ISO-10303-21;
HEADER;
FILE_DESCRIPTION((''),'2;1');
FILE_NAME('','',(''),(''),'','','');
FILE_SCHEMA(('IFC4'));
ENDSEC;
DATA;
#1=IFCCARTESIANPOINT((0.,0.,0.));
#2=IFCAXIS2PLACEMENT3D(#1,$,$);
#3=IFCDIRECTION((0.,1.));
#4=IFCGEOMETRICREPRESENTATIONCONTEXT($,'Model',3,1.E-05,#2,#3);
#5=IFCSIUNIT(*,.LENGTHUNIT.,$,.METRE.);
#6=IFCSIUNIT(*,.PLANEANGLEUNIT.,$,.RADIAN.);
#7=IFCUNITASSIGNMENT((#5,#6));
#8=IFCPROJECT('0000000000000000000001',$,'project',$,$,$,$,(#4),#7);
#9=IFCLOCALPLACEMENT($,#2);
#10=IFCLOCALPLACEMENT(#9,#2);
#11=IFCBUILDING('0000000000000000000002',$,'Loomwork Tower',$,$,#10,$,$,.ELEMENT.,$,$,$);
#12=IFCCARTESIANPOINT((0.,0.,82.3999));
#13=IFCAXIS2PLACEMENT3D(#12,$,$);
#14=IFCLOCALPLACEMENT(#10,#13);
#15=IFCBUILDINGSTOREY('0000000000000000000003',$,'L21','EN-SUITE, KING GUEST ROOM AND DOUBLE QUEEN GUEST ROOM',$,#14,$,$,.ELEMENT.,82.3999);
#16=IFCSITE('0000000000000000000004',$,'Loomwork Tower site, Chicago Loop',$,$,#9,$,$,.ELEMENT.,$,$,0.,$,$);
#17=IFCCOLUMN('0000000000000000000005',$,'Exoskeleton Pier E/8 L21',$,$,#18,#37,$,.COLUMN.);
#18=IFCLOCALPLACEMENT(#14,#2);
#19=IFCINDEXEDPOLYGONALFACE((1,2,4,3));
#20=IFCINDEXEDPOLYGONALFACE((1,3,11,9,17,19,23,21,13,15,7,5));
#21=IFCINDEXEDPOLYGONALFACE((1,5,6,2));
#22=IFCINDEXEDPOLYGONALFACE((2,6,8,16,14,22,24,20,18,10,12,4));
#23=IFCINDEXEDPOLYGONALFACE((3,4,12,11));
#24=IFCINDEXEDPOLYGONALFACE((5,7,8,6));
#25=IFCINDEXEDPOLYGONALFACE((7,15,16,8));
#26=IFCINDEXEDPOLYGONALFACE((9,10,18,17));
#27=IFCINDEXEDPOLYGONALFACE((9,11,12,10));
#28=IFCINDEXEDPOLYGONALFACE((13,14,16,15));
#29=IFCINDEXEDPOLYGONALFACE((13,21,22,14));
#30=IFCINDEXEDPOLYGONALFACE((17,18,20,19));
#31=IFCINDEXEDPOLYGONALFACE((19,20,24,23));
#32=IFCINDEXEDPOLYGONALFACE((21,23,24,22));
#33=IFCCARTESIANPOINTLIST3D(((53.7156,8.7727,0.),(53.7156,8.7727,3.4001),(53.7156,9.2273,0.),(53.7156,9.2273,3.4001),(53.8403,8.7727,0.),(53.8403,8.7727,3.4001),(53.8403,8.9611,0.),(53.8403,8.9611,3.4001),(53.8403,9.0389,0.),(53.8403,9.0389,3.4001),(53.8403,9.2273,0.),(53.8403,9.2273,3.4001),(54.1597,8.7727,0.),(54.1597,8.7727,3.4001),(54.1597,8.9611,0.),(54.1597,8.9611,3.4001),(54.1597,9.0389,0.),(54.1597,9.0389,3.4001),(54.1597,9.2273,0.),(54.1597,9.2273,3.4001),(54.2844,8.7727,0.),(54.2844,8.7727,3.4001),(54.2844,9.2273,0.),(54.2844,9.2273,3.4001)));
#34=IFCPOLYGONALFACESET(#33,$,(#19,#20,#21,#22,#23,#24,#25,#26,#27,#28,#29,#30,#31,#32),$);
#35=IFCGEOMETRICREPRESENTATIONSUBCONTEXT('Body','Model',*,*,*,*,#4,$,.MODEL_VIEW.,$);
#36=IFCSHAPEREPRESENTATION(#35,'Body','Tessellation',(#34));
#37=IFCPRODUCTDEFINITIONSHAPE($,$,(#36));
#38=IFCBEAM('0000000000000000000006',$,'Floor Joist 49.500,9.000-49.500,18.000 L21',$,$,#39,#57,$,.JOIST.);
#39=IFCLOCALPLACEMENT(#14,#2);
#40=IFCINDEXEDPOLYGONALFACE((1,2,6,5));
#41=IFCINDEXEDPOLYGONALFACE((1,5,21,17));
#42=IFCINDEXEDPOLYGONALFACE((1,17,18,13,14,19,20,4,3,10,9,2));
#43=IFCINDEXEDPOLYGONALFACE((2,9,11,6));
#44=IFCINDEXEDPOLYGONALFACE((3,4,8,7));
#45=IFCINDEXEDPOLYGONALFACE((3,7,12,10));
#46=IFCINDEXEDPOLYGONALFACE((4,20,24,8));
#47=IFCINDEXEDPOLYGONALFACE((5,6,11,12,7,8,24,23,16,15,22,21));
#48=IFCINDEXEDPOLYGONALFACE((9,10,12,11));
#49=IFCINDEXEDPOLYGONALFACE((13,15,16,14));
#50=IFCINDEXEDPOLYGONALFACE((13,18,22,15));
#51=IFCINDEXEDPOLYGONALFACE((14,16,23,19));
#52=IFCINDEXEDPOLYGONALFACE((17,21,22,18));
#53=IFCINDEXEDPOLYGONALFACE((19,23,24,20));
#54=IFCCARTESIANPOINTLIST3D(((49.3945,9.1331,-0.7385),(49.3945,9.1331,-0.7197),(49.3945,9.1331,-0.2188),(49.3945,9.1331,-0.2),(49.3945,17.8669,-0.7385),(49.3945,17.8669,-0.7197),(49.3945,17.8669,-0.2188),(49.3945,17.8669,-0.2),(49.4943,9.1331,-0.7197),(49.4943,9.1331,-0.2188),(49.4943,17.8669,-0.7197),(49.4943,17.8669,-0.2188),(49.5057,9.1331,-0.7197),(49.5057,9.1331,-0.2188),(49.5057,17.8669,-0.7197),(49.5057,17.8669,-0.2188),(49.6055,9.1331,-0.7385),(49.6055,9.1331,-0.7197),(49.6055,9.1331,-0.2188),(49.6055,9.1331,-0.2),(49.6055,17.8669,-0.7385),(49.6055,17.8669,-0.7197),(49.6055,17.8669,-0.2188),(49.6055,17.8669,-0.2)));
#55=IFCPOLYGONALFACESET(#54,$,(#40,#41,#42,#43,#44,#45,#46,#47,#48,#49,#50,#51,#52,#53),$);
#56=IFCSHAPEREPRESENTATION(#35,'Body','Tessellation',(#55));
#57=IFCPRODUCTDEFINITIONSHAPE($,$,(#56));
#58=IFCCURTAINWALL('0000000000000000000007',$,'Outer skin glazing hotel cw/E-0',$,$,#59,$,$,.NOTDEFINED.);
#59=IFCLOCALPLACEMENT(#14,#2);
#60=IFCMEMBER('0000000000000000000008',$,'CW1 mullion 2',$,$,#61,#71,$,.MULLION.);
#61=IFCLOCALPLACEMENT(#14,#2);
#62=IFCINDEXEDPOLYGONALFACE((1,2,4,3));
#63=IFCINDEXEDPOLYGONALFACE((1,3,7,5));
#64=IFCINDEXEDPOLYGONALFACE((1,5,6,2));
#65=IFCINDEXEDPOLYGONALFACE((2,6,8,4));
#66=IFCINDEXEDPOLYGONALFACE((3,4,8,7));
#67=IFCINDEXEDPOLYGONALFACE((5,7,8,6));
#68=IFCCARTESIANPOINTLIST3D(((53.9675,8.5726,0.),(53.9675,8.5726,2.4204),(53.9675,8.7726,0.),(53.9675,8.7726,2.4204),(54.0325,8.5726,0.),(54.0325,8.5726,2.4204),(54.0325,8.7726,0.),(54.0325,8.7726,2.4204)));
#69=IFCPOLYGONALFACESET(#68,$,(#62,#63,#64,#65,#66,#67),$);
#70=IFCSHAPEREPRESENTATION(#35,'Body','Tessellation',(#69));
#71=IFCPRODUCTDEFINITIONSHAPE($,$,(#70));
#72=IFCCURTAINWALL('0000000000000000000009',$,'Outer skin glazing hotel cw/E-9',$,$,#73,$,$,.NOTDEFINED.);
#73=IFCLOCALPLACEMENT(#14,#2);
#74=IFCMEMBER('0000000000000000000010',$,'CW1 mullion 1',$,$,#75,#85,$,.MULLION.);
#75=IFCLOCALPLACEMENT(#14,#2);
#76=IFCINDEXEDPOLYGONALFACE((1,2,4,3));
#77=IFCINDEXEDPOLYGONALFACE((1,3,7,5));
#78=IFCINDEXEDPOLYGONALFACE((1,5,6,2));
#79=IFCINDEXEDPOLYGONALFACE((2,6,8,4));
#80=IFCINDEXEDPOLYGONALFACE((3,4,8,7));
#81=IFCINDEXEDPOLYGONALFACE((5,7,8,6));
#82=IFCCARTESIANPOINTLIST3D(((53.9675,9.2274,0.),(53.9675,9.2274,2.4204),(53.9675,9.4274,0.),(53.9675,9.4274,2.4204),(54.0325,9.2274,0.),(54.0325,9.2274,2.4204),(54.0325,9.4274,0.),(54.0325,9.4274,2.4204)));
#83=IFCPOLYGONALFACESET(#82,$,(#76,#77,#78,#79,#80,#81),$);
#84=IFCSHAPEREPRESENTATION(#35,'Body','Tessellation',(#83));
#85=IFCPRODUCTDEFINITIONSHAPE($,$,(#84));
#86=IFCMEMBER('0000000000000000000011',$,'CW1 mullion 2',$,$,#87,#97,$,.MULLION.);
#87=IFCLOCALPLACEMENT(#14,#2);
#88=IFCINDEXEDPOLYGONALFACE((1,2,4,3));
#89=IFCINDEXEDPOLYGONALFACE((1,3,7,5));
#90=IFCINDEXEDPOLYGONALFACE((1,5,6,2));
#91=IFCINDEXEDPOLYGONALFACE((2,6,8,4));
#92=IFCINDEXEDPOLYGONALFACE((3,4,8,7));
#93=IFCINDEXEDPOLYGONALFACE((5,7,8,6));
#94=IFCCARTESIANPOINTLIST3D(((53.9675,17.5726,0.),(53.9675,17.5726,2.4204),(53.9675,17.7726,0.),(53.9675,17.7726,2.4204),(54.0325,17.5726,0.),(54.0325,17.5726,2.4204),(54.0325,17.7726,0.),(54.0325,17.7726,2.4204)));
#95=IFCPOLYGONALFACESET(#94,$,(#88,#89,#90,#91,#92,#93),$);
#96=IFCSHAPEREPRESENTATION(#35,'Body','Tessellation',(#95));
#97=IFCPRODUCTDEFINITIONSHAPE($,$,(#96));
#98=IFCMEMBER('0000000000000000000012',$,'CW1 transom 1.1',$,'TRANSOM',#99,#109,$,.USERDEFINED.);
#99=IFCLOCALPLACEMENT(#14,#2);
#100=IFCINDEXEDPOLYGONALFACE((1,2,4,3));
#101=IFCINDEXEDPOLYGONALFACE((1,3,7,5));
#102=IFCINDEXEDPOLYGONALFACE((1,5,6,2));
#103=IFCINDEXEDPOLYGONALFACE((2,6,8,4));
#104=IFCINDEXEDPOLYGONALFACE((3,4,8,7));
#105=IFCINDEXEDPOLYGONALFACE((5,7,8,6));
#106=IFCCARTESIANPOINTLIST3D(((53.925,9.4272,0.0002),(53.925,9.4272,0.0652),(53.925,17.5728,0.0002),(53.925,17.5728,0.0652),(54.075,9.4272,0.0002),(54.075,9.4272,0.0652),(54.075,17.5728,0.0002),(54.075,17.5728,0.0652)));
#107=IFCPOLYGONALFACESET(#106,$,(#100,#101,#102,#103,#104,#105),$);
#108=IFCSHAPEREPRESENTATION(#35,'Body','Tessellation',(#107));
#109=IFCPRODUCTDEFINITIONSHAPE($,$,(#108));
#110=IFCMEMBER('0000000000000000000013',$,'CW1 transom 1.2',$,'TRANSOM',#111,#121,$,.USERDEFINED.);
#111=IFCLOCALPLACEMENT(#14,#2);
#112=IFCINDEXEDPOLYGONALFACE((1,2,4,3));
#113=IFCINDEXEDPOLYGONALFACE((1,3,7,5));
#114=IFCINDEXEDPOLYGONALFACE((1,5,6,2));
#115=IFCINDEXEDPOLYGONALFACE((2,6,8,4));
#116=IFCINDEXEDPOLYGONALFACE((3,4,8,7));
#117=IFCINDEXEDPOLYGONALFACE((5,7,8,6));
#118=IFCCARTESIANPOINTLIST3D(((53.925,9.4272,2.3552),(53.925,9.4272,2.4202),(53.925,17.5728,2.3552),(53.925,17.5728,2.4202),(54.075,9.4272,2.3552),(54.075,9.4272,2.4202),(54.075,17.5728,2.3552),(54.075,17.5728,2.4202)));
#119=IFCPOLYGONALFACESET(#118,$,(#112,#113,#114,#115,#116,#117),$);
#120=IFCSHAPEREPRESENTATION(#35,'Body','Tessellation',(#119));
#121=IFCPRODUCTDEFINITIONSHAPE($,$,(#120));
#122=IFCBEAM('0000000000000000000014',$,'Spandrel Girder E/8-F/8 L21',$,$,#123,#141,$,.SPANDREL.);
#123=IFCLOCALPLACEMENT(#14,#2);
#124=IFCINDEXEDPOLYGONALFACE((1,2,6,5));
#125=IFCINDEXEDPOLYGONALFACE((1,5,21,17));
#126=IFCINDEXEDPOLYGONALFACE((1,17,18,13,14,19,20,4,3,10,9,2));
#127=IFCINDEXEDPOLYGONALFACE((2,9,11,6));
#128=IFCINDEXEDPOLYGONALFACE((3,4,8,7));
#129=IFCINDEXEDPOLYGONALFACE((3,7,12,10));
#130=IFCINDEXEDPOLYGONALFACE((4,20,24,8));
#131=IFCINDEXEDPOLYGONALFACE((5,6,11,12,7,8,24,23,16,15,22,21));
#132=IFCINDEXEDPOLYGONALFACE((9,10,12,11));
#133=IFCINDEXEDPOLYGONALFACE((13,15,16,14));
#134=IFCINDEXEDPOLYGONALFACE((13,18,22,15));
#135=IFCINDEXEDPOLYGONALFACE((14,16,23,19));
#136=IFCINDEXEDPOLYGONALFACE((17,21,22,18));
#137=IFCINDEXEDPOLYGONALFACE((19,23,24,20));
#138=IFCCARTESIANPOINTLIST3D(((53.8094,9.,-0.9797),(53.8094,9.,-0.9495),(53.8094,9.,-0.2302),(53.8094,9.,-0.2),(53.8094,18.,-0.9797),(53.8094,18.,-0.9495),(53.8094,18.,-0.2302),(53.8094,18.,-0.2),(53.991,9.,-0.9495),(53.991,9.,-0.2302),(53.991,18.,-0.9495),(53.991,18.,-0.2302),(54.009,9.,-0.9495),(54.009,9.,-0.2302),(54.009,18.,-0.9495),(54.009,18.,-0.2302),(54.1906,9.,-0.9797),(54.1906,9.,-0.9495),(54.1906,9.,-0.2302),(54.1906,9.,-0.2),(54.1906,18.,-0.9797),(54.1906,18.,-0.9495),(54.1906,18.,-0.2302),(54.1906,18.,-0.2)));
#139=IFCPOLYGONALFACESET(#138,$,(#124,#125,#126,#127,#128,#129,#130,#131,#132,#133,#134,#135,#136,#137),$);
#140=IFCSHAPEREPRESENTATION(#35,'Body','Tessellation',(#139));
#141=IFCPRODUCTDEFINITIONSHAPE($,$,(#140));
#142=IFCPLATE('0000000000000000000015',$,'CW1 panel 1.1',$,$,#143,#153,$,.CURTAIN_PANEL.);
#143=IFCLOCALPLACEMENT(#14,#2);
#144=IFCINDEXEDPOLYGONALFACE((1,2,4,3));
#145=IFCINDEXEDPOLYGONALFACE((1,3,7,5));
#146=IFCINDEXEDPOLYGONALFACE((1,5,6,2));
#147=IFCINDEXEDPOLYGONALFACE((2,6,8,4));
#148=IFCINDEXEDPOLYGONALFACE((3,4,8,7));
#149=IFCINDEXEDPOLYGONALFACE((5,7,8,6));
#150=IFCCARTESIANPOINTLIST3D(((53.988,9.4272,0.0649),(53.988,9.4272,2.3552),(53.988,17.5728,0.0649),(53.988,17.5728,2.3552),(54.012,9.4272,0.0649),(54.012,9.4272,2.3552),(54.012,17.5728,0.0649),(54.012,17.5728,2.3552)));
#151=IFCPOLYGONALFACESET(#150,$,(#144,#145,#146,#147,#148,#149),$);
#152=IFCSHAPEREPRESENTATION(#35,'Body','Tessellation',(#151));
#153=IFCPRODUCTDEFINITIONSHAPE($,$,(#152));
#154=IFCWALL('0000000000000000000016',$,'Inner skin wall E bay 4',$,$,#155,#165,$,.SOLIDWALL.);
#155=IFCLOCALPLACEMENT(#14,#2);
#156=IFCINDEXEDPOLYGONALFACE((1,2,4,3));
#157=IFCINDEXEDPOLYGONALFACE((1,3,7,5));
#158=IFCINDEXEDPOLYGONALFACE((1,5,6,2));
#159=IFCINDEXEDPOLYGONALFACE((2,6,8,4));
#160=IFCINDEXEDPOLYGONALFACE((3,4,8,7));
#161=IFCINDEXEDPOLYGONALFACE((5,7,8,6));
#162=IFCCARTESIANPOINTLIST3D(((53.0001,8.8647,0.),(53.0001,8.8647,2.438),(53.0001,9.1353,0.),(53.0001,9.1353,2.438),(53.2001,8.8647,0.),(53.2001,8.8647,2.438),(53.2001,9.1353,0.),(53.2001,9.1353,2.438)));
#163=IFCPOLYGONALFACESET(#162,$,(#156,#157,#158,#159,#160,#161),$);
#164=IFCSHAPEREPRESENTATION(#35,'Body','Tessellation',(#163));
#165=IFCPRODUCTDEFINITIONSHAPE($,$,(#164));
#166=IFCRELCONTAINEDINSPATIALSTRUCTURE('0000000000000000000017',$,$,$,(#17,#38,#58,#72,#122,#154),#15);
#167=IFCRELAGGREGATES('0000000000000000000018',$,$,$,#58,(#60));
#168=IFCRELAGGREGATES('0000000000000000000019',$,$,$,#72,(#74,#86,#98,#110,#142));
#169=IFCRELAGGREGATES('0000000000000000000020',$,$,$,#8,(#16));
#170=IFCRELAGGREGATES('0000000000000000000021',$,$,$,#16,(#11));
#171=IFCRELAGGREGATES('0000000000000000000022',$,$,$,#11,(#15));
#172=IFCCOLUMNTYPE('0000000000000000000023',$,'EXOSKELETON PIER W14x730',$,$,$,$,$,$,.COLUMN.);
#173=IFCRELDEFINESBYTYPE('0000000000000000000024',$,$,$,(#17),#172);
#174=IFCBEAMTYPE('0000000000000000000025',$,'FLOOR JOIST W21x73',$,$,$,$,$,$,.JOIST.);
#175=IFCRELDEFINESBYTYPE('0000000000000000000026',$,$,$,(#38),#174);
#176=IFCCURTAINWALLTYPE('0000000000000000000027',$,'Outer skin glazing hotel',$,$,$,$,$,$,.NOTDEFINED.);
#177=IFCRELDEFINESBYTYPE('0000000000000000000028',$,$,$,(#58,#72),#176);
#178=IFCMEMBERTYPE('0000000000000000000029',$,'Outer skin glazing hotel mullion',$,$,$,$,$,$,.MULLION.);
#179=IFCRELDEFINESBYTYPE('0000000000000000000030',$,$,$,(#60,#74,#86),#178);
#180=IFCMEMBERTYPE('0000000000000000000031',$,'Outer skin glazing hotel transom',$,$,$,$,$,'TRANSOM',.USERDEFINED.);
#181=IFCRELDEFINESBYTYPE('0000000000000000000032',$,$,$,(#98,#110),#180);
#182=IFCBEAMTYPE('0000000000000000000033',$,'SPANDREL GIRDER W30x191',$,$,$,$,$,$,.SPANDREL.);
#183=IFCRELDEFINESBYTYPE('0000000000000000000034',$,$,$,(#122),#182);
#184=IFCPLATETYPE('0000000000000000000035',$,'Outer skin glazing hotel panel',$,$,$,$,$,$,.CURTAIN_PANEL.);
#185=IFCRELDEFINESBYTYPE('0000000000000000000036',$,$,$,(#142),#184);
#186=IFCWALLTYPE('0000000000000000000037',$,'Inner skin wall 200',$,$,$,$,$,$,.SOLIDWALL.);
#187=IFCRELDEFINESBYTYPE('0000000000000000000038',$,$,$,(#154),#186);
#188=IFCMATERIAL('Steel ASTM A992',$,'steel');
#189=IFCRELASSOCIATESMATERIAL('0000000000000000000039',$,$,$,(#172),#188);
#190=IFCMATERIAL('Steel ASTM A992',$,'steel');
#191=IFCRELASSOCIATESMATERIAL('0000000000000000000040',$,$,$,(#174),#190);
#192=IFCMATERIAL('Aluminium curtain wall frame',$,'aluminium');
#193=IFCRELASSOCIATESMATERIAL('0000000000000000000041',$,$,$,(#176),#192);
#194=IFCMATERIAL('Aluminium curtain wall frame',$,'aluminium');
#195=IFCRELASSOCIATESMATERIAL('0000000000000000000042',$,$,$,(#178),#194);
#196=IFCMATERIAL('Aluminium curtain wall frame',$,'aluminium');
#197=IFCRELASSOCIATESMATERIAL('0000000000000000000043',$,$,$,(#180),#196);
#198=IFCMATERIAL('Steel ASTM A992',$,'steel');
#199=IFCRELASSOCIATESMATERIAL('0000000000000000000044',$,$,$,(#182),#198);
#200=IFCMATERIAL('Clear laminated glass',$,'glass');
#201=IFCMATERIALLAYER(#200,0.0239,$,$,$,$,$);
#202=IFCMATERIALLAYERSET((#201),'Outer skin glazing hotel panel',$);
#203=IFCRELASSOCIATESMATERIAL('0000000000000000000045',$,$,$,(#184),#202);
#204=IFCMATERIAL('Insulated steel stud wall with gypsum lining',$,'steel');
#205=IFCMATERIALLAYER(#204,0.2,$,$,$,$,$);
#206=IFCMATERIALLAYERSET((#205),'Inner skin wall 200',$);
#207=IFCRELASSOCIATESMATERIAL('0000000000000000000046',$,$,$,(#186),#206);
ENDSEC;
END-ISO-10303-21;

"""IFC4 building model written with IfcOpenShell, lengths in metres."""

from ifc_helpers import new_model, si_unit, direction, frame, frame_2d, origin, origin_2d, place, context, subcontext, project, spatial, rectangle, i_section, extrude, material, layer, layer_set, material_profile, profile_set, type_object, element, aggregate, save


model = new_model("IFC4")

# Units and contexts
model_context = context("Model", 3, precision=1e-05, world=origin(), true_north=direction((0.0, 1.0)))
body_context = subcontext(model_context, "Body", "Model", "MODEL_VIEW")
ifc_project = project(units=[si_unit("LENGTHUNIT", "METRE"), si_unit("PLANEANGLEUNIT", "RADIAN")], contexts=[model_context])

# Site, building, storey
site_placement = place(None, origin())
site = spatial("IfcSite", under=ifc_project, at=site_placement, Name="Loomwork Tower site, Chicago Loop", CompositionType="ELEMENT", RefElevation=0.0)
building_placement = place(site_placement, origin())
building = spatial("IfcBuilding", under=site, at=building_placement, Name="Loomwork Tower", CompositionType="ELEMENT")
storey_placement = place(building_placement, frame((0.0, 0.0, 82.3999)))
storey = spatial("IfcBuildingStorey", under=building, at=storey_placement, Name="L21", Description="EN-SUITE, KING GUEST ROOM AND DOUBLE QUEEN GUEST ROOM", CompositionType="ELEMENT", Elevation=82.3999)

# Column
ifc_material_1 = material(Name="Steel ASTM A992", Category="steel")
ifc_material_profile_1 = material_profile(ifc_material_1, i_section(OverallWidth=0.4546, OverallDepth=0.5688, WebThickness=0.0779, FlangeThickness=0.1248, at=origin_2d()), Name="W14x730")
ifc_profile_set_1 = profile_set([ifc_material_profile_1], Name="Steel ASTM A992")
column_type = type_object("IfcColumnType", Name="EXOSKELETON PIER W14x730", PredefinedType="COLUMN", material=ifc_profile_set_1)
column_placement = place(storey_placement, frame((54.0, 9.0, 0.0), z_axis=(0.0, 0.0, 1.0), x_axis=(0.0, 1.0, 0.0)))
element("IfcColumn", 1, at=column_placement, inside=storey, type_object=column_type, Name="Exoskeleton Pier E/8 L21", PredefinedType="COLUMN", context=body_context, shape_type="SweptSolid", body=[
    extrude(i_section(OverallWidth=0.4546, OverallDepth=0.5688, WebThickness=0.0779, FlangeThickness=0.1248, at=origin_2d()), origin(), (0.0, 0.0, 1.0), 3.4001),
])

# Beam
ifc_material_2 = material(Name="Steel ASTM A992", Category="steel")
ifc_material_profile_2 = material_profile(ifc_material_2, i_section(OverallWidth=0.2109, OverallDepth=0.5386, WebThickness=0.0115, FlangeThickness=0.0188, at=origin_2d()), Name="W21x73")
ifc_profile_set_2 = profile_set([ifc_material_profile_2], Name="Steel ASTM A992")
beam_type_1 = type_object("IfcBeamType", Name="FLOOR JOIST W21x73", PredefinedType="JOIST", material=ifc_profile_set_2)
beam_1_placement = place(storey_placement, frame((49.5, 9.1331, -0.4692), z_axis=(0.0, 1.0, 0.0), x_axis=(-1.0, 0.0, 0.0)))
element("IfcBeam", 2, at=beam_1_placement, inside=storey, type_object=beam_type_1, Name="Floor Joist 49.500,9.000-49.500,18.000 L21", PredefinedType="JOIST", context=body_context, shape_type="SweptSolid", body=[
    extrude(i_section(OverallWidth=0.2109, OverallDepth=0.5386, WebThickness=0.0115, FlangeThickness=0.0188, at=origin_2d()), origin(), (0.0, 0.0, 1.0), 8.7339),
])

# Curtain wall, member
ifc_material_3 = material(Name="Aluminium curtain wall frame", Category="aluminium")
curtain_wall_type = type_object("IfcCurtainWallType", Name="Outer skin glazing hotel", PredefinedType="NOTDEFINED", material=ifc_material_3)
curtain_wall_1_placement = place(storey_placement, origin())
curtain_wall_1 = element("IfcCurtainWall", 3, at=curtain_wall_1_placement, inside=storey, type_object=curtain_wall_type, Name="Outer skin glazing hotel cw/E-0", PredefinedType="NOTDEFINED")
ifc_material_4 = material(Name="Aluminium curtain wall frame", Category="aluminium")
ifc_material_profile_3 = material_profile(ifc_material_4, rectangle(XDim=0.0649, YDim=0.2, at=origin_2d()), Name="AL 65x200")
ifc_profile_set_3 = profile_set([ifc_material_profile_3], Name="Aluminium curtain wall frame")
member_type_1 = type_object("IfcMemberType", Name="Outer skin glazing hotel mullion", PredefinedType="MULLION", material=ifc_profile_set_3)
member_1_placement = place(storey_placement, frame((54.0, 8.6726, 0.0), z_axis=(0.0, 0.0, 1.0), x_axis=(-1.0, 0.0, 0.0)))
member_1 = element("IfcMember", 4, at=member_1_placement, type_object=member_type_1, Name="CW1 mullion 2", PredefinedType="MULLION", context=body_context, shape_type="SweptSolid", body=[
    extrude(rectangle(XDim=0.0649, YDim=0.2, at=origin_2d()), origin(), (0.0, 0.0, 1.0), 2.4204),
])
aggregate(curtain_wall_1, [member_1])

# Curtain wall, members
curtain_wall_2_placement = place(storey_placement, origin())
curtain_wall_2 = element("IfcCurtainWall", 5, at=curtain_wall_2_placement, inside=storey, type_object=curtain_wall_type, Name="Outer skin glazing hotel cw/E-9", PredefinedType="NOTDEFINED")
member_2_placement = place(storey_placement, frame((54.0, 9.3274, 0.0), z_axis=(0.0, 0.0, 1.0), x_axis=(-1.0, 0.0, 0.0)))
member_2 = element("IfcMember", 6, at=member_2_placement, type_object=member_type_1, Name="CW1 mullion 1", PredefinedType="MULLION", context=body_context, shape_type="SweptSolid", body=[
    extrude(rectangle(XDim=0.0649, YDim=0.2, at=origin_2d()), origin(), (0.0, 0.0, 1.0), 2.4204),
])
member_3_placement = place(storey_placement, frame((54.0, 17.6726, 0.0), z_axis=(0.0, 0.0, 1.0), x_axis=(-1.0, 0.0, 0.0)))
member_3 = element("IfcMember", 7, at=member_3_placement, type_object=member_type_1, Name="CW1 mullion 2", PredefinedType="MULLION", context=body_context, shape_type="SweptSolid", body=[
    extrude(rectangle(XDim=0.0649, YDim=0.2, at=origin_2d()), origin(), (0.0, 0.0, 1.0), 2.4204),
])
ifc_material_5 = material(Name="Aluminium curtain wall frame", Category="aluminium")
ifc_material_profile_4 = material_profile(ifc_material_5, rectangle(XDim=0.1499, YDim=0.0649, at=origin_2d()), Name="AL 65x150")
ifc_profile_set_4 = profile_set([ifc_material_profile_4], Name="Aluminium curtain wall frame")
member_type_2 = type_object("IfcMemberType", Name="Outer skin glazing hotel transom", ElementType="TRANSOM", PredefinedType="USERDEFINED", material=ifc_profile_set_4)
member_4_placement = place(storey_placement, frame((54.0, 9.4272, 0.0327), z_axis=(0.0, 1.0, 0.0), x_axis=(-1.0, 0.0, 0.0)))
member_4 = element("IfcMember", 8, at=member_4_placement, type_object=member_type_2, Name="CW1 transom 1.1", ObjectType="TRANSOM", PredefinedType="USERDEFINED", context=body_context, shape_type="SweptSolid", body=[
    extrude(rectangle(XDim=0.1499, YDim=0.0649, at=origin_2d()), origin(), (0.0, 0.0, 1.0), 8.1455),
])
member_5_placement = place(storey_placement, frame((54.0, 9.4272, 2.3877), z_axis=(0.0, 1.0, 0.0), x_axis=(-1.0, 0.0, 0.0)))
member_5 = element("IfcMember", 9, at=member_5_placement, type_object=member_type_2, Name="CW1 transom 1.2", ObjectType="TRANSOM", PredefinedType="USERDEFINED", context=body_context, shape_type="SweptSolid", body=[
    extrude(rectangle(XDim=0.1499, YDim=0.0649, at=origin_2d()), origin(), (0.0, 0.0, 1.0), 8.1455),
])

# Beam
ifc_material_6 = material(Name="Steel ASTM A992", Category="steel")
ifc_material_profile_5 = material_profile(ifc_material_6, i_section(OverallWidth=0.3811, OverallDepth=0.7798, WebThickness=0.0181, FlangeThickness=0.0303, at=origin_2d()), Name="W30x191")
ifc_profile_set_5 = profile_set([ifc_material_profile_5], Name="Steel ASTM A992")
beam_type_2 = type_object("IfcBeamType", Name="SPANDREL GIRDER W30x191", PredefinedType="SPANDREL", material=ifc_profile_set_5)
beam_2_placement = place(storey_placement, frame((54.0, 9.0, -0.5898), z_axis=(0.0, 1.0, 0.0), x_axis=(-1.0, 0.0, 0.0)))
element("IfcBeam", 10, at=beam_2_placement, inside=storey, type_object=beam_type_2, Name="Spandrel Girder E/8-F/8 L21", PredefinedType="SPANDREL", context=body_context, shape_type="SweptSolid", body=[
    extrude(i_section(OverallWidth=0.3811, OverallDepth=0.7798, WebThickness=0.0181, FlangeThickness=0.0303, at=origin_2d()), origin(), (0.0, 0.0, 1.0), 9.0),
])

# Plate
ifc_material_7 = material(Name="Clear laminated glass", Category="glass")
ifc_layer_1 = layer(ifc_material_7, 0.0239)
ifc_layer_set_1 = layer_set([ifc_layer_1], Name="Outer skin glazing hotel panel")
plate_type = type_object("IfcPlateType", Name="Outer skin glazing hotel panel", PredefinedType="CURTAIN_PANEL", material=ifc_layer_set_1)
plate_placement = place(storey_placement, frame((54.0, 13.5, 0.0649), z_axis=(0.0, 0.0, 1.0), x_axis=(0.0, 1.0, 0.0)))
plate = element("IfcPlate", 11, at=plate_placement, type_object=plate_type, Name="CW1 panel 1.1", PredefinedType="CURTAIN_PANEL", context=body_context, shape_type="SweptSolid", body=[
    extrude(rectangle(XDim=8.1455, YDim=0.0239, at=origin_2d()), origin(), (0.0, 0.0, 1.0), 2.2903),
])
aggregate(curtain_wall_2, [member_2, member_3, member_4, member_5, plate])

# Wall
ifc_material_8 = material(Name="Insulated steel stud wall with gypsum lining", Category="steel")
ifc_layer_2 = layer(ifc_material_8, 0.2)
ifc_layer_set_2 = layer_set([ifc_layer_2], Name="Inner skin wall 200")
wall_type = type_object("IfcWallType", Name="Inner skin wall 200", PredefinedType="SOLIDWALL", material=ifc_layer_set_2)
wall_1_placement = place(storey_placement, frame((53.1001, 8.8647, 0.0), z_axis=(0.0, 0.0, 1.0), x_axis=(0.0, 1.0, 0.0)))
element("IfcWall", 12, at=wall_1_placement, inside=storey, type_object=wall_type, Name="Inner skin wall E bay 4", PredefinedType="SOLIDWALL", context=body_context, shape_type="SweptSolid", body=[
    extrude(rectangle(XDim=0.2705, YDim=0.2, at=frame_2d((0.1353, 0.0))), origin(), (0.0, 0.0, 1.0), 2.438),
])

save(model, "model.ifc")
